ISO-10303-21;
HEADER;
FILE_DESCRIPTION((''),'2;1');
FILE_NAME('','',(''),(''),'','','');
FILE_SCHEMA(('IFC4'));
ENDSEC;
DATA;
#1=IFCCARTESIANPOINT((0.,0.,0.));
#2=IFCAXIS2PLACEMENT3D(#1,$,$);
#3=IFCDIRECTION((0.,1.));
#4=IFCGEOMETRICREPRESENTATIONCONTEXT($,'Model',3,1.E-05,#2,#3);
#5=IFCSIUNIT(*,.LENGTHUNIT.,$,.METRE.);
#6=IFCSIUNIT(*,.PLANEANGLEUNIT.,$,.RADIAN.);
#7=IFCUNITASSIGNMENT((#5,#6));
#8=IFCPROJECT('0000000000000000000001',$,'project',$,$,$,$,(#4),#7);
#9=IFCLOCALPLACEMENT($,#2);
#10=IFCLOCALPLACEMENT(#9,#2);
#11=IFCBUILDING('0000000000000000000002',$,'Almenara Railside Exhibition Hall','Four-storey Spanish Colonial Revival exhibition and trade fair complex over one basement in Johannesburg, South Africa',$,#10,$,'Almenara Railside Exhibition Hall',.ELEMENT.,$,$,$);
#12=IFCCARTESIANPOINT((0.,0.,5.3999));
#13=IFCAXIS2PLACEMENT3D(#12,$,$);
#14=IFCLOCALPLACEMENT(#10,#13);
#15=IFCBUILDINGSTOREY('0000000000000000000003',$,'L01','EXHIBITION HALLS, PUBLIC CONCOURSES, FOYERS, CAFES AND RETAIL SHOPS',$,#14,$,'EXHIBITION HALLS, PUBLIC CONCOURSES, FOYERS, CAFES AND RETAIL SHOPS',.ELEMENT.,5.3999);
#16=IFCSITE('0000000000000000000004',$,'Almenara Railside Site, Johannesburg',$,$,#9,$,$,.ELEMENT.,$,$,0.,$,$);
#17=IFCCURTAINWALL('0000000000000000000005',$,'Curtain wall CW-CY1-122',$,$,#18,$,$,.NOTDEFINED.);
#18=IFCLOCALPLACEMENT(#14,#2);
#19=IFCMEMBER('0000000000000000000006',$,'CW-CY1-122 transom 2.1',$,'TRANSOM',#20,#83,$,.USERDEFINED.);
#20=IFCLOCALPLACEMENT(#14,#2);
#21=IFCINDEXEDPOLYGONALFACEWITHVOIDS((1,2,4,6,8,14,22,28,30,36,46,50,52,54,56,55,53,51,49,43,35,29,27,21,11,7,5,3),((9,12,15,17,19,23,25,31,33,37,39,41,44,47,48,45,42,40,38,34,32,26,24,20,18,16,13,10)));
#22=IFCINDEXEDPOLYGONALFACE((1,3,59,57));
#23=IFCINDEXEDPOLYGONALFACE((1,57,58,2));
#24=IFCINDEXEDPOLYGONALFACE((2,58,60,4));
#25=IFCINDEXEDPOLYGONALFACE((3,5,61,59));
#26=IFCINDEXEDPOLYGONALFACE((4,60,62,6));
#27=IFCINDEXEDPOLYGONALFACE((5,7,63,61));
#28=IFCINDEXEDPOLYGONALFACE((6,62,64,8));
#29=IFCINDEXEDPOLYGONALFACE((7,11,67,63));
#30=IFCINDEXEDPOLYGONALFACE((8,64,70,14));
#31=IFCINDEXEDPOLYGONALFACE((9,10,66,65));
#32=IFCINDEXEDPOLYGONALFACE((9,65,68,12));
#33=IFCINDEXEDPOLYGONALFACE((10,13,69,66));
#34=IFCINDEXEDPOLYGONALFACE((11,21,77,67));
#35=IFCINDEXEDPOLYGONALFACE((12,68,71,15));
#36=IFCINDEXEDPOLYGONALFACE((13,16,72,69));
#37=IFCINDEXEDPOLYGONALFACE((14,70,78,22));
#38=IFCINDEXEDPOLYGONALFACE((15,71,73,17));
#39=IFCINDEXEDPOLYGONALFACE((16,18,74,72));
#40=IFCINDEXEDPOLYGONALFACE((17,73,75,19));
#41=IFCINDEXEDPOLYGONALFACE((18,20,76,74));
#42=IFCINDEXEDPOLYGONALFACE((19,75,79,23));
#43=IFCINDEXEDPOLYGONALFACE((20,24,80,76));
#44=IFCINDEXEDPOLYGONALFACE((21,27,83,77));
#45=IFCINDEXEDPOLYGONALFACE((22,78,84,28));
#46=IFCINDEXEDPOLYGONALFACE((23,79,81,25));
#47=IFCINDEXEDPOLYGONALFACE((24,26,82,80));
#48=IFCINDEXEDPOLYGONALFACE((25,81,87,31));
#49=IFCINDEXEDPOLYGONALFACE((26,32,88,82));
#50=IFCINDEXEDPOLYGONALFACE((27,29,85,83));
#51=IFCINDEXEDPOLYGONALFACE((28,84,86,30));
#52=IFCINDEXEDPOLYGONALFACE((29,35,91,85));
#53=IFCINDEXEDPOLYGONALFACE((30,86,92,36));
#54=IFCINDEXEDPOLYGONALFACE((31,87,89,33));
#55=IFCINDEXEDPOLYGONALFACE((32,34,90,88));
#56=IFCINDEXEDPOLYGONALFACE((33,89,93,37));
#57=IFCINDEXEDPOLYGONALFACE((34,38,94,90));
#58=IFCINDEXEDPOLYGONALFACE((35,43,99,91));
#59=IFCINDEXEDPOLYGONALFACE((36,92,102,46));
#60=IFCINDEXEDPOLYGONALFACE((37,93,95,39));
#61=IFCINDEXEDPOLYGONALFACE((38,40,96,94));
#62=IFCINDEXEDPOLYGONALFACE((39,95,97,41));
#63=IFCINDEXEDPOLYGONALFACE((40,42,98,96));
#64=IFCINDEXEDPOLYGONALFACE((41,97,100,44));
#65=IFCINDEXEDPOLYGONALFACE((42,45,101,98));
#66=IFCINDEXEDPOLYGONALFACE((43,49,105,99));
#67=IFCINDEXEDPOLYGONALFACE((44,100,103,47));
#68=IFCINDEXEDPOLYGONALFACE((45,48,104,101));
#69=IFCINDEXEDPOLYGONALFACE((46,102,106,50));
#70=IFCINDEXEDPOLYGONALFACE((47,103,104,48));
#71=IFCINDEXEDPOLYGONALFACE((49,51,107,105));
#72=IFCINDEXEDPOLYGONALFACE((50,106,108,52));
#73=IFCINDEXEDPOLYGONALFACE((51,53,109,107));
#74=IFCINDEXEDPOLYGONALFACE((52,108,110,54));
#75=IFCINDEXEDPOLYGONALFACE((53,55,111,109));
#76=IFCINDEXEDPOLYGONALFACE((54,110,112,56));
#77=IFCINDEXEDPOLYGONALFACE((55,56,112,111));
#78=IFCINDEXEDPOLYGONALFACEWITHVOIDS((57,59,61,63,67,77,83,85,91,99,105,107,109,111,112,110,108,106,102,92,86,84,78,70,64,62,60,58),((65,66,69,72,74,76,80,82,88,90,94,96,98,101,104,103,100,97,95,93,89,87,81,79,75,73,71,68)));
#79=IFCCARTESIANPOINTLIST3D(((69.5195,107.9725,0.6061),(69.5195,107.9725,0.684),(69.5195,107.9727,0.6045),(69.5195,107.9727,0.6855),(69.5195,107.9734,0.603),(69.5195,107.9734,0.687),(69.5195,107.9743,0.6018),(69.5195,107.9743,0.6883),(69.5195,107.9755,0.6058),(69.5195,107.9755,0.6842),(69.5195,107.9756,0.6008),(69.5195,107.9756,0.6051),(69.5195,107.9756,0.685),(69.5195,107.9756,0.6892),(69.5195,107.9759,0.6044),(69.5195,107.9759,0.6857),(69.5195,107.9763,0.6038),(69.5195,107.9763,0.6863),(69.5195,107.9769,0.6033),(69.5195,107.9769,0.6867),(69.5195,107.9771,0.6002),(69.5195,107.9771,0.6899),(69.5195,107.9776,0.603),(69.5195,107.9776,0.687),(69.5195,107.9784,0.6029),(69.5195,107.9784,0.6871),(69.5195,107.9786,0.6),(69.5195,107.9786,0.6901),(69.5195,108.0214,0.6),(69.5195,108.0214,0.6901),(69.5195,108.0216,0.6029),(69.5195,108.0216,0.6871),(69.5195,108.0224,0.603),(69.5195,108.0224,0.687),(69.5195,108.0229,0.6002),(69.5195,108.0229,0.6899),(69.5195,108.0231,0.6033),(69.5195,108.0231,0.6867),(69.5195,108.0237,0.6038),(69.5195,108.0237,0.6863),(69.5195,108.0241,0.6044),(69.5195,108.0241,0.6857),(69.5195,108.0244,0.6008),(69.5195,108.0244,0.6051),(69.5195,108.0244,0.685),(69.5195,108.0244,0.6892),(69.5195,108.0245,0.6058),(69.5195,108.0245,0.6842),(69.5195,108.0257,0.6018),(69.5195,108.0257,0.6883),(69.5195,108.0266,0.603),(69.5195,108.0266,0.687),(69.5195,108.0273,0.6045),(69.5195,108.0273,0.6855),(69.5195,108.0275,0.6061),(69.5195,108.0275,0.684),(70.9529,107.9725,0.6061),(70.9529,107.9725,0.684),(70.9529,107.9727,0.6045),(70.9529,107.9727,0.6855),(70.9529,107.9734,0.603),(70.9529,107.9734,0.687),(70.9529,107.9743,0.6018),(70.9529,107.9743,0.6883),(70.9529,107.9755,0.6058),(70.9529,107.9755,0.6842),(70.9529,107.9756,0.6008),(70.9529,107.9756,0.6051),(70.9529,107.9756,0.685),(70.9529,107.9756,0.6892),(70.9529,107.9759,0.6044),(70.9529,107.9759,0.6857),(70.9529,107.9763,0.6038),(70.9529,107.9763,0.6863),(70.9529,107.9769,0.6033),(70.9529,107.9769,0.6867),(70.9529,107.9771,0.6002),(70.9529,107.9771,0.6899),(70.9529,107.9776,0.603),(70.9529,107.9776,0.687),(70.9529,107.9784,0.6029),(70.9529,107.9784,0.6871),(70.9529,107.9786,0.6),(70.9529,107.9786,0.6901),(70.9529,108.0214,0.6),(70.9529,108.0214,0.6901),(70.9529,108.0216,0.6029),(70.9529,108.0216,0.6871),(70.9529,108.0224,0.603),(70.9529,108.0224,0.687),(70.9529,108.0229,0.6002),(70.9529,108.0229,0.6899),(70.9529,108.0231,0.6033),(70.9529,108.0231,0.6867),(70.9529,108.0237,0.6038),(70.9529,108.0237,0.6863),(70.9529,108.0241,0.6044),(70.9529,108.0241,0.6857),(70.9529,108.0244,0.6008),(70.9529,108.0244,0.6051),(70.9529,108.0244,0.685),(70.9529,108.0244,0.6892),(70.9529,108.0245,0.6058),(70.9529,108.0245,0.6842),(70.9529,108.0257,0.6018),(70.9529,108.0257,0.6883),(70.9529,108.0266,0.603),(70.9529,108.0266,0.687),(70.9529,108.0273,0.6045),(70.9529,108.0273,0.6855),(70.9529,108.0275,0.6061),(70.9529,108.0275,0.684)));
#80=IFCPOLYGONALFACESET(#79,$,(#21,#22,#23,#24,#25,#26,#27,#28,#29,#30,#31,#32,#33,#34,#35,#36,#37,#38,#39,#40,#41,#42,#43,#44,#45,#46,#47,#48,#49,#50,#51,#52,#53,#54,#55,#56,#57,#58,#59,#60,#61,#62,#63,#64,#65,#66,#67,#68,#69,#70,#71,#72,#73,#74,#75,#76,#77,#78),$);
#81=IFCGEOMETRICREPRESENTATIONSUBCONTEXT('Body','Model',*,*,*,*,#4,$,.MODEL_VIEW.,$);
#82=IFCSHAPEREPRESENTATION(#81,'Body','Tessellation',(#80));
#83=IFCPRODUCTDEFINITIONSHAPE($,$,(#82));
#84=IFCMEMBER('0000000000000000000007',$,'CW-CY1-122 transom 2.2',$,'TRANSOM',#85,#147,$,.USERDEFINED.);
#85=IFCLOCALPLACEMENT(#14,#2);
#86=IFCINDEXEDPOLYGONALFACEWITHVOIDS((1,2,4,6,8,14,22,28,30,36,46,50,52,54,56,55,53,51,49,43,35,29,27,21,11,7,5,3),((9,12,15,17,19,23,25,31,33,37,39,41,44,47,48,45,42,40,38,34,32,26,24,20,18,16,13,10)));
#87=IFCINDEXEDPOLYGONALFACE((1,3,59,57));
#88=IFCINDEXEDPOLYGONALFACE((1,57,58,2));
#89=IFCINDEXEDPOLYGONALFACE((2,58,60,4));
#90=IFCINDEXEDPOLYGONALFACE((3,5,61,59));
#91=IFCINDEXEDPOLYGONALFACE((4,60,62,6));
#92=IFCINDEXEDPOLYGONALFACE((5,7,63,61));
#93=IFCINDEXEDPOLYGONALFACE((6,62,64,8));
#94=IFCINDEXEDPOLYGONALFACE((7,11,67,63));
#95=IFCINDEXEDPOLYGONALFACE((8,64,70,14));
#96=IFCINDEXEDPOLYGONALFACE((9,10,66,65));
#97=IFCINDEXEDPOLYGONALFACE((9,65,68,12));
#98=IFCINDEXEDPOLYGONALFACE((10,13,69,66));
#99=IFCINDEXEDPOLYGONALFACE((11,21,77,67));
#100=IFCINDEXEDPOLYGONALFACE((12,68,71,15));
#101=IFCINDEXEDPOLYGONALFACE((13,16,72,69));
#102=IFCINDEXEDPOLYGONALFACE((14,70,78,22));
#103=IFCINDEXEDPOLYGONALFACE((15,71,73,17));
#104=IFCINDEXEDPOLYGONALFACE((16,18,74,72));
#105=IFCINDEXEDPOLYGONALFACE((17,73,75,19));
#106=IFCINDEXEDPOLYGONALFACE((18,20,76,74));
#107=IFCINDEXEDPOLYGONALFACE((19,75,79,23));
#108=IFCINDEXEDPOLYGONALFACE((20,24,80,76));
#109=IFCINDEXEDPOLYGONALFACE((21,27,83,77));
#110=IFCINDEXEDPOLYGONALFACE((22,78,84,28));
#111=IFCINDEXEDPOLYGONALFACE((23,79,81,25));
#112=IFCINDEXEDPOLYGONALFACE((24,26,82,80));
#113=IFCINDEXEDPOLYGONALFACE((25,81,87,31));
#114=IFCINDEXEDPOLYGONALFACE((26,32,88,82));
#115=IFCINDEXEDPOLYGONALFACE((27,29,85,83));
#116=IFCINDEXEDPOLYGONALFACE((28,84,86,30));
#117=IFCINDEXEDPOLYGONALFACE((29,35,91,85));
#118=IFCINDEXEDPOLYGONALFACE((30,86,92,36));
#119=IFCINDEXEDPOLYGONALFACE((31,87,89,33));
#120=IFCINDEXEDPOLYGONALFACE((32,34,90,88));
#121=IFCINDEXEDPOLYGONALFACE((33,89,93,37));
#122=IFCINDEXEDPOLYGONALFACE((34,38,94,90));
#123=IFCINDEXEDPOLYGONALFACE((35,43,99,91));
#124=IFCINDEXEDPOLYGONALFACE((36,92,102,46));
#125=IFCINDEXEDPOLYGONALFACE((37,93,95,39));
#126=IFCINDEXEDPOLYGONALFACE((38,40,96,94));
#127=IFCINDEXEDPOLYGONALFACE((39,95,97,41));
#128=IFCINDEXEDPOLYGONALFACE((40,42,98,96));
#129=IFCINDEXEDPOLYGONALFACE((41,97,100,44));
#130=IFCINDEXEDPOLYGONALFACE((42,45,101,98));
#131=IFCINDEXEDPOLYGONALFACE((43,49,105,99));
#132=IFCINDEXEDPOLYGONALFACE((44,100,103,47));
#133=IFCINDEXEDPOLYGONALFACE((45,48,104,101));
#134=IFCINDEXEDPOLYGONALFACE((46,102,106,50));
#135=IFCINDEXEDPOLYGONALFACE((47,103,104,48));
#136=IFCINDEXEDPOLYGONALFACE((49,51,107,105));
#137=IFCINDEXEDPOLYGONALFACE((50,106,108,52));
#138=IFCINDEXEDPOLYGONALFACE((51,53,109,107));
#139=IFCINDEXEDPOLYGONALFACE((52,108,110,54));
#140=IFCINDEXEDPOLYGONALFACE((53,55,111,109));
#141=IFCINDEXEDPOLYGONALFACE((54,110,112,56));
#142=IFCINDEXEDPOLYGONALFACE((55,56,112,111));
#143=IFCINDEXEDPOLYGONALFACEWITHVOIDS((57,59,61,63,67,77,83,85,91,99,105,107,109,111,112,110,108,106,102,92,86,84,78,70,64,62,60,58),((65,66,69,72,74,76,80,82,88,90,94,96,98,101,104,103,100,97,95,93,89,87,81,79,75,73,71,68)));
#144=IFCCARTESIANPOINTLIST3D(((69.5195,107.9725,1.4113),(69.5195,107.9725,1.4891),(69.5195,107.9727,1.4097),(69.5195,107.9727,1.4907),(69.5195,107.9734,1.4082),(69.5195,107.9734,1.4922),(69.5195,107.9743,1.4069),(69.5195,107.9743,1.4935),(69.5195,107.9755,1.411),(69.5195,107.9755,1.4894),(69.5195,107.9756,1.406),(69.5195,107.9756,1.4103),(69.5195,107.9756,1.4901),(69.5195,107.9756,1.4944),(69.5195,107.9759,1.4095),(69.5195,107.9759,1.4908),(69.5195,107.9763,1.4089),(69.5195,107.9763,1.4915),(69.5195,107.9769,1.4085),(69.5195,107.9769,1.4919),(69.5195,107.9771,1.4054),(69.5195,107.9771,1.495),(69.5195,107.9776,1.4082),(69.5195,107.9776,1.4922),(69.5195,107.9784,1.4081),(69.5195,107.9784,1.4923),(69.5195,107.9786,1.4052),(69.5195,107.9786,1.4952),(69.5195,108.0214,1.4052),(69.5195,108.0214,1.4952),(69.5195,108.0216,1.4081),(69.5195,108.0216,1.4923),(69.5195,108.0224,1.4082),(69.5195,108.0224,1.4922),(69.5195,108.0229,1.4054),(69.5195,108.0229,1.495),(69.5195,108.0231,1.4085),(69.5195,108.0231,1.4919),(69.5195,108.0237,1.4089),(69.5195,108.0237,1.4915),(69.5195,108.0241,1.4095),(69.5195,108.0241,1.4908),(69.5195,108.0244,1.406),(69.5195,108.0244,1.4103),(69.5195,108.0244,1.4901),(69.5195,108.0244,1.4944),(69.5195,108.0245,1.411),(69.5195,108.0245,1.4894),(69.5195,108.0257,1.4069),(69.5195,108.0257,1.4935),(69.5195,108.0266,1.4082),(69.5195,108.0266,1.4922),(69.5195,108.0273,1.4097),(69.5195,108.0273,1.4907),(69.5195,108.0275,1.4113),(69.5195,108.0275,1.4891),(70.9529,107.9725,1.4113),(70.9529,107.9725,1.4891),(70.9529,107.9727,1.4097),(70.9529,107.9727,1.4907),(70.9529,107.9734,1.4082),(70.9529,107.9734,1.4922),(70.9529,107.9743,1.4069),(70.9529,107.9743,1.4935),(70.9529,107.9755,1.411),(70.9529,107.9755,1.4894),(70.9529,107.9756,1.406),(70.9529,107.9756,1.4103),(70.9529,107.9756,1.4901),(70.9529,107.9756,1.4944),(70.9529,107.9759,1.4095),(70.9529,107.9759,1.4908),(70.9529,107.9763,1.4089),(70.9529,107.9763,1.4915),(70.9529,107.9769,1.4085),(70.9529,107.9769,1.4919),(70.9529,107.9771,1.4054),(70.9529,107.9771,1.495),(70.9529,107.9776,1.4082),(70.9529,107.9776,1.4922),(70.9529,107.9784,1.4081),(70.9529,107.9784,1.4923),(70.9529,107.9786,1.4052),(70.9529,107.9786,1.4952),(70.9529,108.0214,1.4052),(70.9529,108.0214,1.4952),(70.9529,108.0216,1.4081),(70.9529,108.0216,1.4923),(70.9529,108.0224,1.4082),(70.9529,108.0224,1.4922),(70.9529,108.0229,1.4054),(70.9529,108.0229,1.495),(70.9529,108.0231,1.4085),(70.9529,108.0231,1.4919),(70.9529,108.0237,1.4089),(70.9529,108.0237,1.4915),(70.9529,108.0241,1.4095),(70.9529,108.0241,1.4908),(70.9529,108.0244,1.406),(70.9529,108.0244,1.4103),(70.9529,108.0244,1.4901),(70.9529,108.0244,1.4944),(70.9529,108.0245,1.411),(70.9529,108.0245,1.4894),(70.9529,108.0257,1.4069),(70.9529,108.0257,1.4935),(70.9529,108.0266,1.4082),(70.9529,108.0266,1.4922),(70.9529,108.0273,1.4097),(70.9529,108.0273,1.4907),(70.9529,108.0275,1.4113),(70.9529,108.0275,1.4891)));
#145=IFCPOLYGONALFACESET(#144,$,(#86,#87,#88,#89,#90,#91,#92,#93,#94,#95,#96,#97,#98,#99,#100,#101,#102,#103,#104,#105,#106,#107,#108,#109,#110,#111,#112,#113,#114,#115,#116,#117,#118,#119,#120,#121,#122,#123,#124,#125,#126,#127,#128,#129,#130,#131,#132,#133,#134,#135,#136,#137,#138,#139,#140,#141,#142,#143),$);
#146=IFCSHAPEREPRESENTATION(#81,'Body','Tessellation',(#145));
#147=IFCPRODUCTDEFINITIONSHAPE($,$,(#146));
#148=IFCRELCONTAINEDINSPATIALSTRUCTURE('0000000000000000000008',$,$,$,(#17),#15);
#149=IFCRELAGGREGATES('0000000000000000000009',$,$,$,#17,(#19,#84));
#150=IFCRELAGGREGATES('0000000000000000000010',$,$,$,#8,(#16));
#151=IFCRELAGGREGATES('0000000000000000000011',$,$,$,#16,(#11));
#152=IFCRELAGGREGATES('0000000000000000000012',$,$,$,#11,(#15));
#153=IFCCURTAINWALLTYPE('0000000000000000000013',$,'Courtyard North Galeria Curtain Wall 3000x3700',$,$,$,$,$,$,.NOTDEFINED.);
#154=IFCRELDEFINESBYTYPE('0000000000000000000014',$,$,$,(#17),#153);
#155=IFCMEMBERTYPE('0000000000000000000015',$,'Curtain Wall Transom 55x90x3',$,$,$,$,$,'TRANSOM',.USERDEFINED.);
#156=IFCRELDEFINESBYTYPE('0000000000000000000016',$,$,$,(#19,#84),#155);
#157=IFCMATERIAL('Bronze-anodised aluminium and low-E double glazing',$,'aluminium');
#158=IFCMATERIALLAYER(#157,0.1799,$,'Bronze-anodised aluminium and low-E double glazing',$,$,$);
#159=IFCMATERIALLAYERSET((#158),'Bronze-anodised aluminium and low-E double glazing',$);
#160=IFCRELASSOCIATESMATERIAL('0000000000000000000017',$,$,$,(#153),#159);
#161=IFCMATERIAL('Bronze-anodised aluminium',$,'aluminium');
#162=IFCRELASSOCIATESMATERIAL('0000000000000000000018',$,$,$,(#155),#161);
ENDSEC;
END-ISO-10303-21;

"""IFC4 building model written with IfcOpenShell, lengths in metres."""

from ifc_helpers import new_model, si_unit, direction, frame, origin, origin_2d, place, context, subcontext, project, spatial, hollow_rectangle, extrude, material, layer, layer_set, material_profile, profile_set, type_object, element, aggregate, save


model = new_model("IFC4")

# Units and contexts
model_context = context("Model", 3, precision=1e-05, world=origin(), true_north=direction((0.0, 1.0)))
body_context = subcontext(model_context, "Body", "Model", "MODEL_VIEW")
ifc_project = project(units=[si_unit("LENGTHUNIT", "METRE"), si_unit("PLANEANGLEUNIT", "RADIAN")], contexts=[model_context])

# Site, building, storey
site_placement = place(None, origin())
site = spatial("IfcSite", under=ifc_project, at=site_placement, Name="Almenara Railside Site, Johannesburg", CompositionType="ELEMENT", RefElevation=0.0)
building_placement = place(site_placement, origin())
building = spatial("IfcBuilding", under=site, at=building_placement, Name="Almenara Railside Exhibition Hall", Description="Four-storey Spanish Colonial Revival exhibition and trade fair complex over one basement in Johannesburg, South Africa", LongName="Almenara Railside Exhibition Hall", CompositionType="ELEMENT")
storey_placement = place(building_placement, frame((0.0, 0.0, 5.3999)))
storey = spatial("IfcBuildingStorey", under=building, at=storey_placement, Name="L01", Description="EXHIBITION HALLS, PUBLIC CONCOURSES, FOYERS, CAFES AND RETAIL SHOPS", LongName="EXHIBITION HALLS, PUBLIC CONCOURSES, FOYERS, CAFES AND RETAIL SHOPS", CompositionType="ELEMENT", Elevation=5.3999)

# Curtain wall, members
ifc_material_1 = material(Name="Bronze-anodised aluminium and low-E double glazing", Category="aluminium")
ifc_layer_1 = layer(ifc_material_1, 0.1799, Name="Bronze-anodised aluminium and low-E double glazing")
ifc_layer_set_1 = layer_set([ifc_layer_1], Name="Bronze-anodised aluminium and low-E double glazing")
curtain_wall_type = type_object("IfcCurtainWallType", Name="Courtyard North Galeria Curtain Wall 3000x3700", PredefinedType="NOTDEFINED", material=ifc_layer_set_1)
curtain_wall_placement = place(storey_placement, origin())
curtain_wall = element("IfcCurtainWall", 1, at=curtain_wall_placement, inside=storey, type_object=curtain_wall_type, Name="Curtain wall CW-CY1-122", PredefinedType="NOTDEFINED")
ifc_material_2 = material(Name="Bronze-anodised aluminium", Category="aluminium")
ifc_material_profile_1 = material_profile(ifc_material_2, hollow_rectangle(XDim=0.0549, YDim=0.0901, WallThickness=0.0029, InnerFilletRadius=0.0029, OuterFilletRadius=0.0061, at=origin_2d()), Name="ALU-TRN 55x90x3")
ifc_profile_set_1 = profile_set([ifc_material_profile_1], Name="Bronze-anodised aluminium")
member_type_1 = type_object("IfcMemberType", Name="Curtain Wall Transom 55x90x3", ElementType="TRANSOM", PredefinedType="USERDEFINED", material=ifc_profile_set_1)
member_1_placement = place(storey_placement, frame((69.5195, 108.0, 0.645), z_axis=(1.0, 0.0, 0.0), x_axis=(0.0, 1.0, 0.0)))
member_1 = element("IfcMember", 2, at=member_1_placement, type_object=member_type_1, Name="CW-CY1-122 transom 2.1", ObjectType="TRANSOM", PredefinedType="USERDEFINED", context=body_context, shape_type="SweptSolid", body=[
    extrude(hollow_rectangle(XDim=0.0549, YDim=0.0901, WallThickness=0.0029, InnerFilletRadius=0.0029, OuterFilletRadius=0.0061, at=origin_2d()), origin(), (0.0, 0.0, 1.0), 1.4333),
])
member_2_placement = place(storey_placement, frame((69.5195, 108.0, 1.4502), z_axis=(1.0, 0.0, 0.0), x_axis=(0.0, 1.0, 0.0)))
member_2 = element("IfcMember", 3, at=member_2_placement, type_object=member_type_1, Name="CW-CY1-122 transom 2.2", ObjectType="TRANSOM", PredefinedType="USERDEFINED", context=body_context, shape_type="SweptSolid", body=[
    extrude(hollow_rectangle(XDim=0.0549, YDim=0.0901, WallThickness=0.0029, InnerFilletRadius=0.0029, OuterFilletRadius=0.0061, at=origin_2d()), origin(), (0.0, 0.0, 1.0), 1.4333),
])

aggregate(curtain_wall, [member_1, member_2])

save(model, "model.ifc")
